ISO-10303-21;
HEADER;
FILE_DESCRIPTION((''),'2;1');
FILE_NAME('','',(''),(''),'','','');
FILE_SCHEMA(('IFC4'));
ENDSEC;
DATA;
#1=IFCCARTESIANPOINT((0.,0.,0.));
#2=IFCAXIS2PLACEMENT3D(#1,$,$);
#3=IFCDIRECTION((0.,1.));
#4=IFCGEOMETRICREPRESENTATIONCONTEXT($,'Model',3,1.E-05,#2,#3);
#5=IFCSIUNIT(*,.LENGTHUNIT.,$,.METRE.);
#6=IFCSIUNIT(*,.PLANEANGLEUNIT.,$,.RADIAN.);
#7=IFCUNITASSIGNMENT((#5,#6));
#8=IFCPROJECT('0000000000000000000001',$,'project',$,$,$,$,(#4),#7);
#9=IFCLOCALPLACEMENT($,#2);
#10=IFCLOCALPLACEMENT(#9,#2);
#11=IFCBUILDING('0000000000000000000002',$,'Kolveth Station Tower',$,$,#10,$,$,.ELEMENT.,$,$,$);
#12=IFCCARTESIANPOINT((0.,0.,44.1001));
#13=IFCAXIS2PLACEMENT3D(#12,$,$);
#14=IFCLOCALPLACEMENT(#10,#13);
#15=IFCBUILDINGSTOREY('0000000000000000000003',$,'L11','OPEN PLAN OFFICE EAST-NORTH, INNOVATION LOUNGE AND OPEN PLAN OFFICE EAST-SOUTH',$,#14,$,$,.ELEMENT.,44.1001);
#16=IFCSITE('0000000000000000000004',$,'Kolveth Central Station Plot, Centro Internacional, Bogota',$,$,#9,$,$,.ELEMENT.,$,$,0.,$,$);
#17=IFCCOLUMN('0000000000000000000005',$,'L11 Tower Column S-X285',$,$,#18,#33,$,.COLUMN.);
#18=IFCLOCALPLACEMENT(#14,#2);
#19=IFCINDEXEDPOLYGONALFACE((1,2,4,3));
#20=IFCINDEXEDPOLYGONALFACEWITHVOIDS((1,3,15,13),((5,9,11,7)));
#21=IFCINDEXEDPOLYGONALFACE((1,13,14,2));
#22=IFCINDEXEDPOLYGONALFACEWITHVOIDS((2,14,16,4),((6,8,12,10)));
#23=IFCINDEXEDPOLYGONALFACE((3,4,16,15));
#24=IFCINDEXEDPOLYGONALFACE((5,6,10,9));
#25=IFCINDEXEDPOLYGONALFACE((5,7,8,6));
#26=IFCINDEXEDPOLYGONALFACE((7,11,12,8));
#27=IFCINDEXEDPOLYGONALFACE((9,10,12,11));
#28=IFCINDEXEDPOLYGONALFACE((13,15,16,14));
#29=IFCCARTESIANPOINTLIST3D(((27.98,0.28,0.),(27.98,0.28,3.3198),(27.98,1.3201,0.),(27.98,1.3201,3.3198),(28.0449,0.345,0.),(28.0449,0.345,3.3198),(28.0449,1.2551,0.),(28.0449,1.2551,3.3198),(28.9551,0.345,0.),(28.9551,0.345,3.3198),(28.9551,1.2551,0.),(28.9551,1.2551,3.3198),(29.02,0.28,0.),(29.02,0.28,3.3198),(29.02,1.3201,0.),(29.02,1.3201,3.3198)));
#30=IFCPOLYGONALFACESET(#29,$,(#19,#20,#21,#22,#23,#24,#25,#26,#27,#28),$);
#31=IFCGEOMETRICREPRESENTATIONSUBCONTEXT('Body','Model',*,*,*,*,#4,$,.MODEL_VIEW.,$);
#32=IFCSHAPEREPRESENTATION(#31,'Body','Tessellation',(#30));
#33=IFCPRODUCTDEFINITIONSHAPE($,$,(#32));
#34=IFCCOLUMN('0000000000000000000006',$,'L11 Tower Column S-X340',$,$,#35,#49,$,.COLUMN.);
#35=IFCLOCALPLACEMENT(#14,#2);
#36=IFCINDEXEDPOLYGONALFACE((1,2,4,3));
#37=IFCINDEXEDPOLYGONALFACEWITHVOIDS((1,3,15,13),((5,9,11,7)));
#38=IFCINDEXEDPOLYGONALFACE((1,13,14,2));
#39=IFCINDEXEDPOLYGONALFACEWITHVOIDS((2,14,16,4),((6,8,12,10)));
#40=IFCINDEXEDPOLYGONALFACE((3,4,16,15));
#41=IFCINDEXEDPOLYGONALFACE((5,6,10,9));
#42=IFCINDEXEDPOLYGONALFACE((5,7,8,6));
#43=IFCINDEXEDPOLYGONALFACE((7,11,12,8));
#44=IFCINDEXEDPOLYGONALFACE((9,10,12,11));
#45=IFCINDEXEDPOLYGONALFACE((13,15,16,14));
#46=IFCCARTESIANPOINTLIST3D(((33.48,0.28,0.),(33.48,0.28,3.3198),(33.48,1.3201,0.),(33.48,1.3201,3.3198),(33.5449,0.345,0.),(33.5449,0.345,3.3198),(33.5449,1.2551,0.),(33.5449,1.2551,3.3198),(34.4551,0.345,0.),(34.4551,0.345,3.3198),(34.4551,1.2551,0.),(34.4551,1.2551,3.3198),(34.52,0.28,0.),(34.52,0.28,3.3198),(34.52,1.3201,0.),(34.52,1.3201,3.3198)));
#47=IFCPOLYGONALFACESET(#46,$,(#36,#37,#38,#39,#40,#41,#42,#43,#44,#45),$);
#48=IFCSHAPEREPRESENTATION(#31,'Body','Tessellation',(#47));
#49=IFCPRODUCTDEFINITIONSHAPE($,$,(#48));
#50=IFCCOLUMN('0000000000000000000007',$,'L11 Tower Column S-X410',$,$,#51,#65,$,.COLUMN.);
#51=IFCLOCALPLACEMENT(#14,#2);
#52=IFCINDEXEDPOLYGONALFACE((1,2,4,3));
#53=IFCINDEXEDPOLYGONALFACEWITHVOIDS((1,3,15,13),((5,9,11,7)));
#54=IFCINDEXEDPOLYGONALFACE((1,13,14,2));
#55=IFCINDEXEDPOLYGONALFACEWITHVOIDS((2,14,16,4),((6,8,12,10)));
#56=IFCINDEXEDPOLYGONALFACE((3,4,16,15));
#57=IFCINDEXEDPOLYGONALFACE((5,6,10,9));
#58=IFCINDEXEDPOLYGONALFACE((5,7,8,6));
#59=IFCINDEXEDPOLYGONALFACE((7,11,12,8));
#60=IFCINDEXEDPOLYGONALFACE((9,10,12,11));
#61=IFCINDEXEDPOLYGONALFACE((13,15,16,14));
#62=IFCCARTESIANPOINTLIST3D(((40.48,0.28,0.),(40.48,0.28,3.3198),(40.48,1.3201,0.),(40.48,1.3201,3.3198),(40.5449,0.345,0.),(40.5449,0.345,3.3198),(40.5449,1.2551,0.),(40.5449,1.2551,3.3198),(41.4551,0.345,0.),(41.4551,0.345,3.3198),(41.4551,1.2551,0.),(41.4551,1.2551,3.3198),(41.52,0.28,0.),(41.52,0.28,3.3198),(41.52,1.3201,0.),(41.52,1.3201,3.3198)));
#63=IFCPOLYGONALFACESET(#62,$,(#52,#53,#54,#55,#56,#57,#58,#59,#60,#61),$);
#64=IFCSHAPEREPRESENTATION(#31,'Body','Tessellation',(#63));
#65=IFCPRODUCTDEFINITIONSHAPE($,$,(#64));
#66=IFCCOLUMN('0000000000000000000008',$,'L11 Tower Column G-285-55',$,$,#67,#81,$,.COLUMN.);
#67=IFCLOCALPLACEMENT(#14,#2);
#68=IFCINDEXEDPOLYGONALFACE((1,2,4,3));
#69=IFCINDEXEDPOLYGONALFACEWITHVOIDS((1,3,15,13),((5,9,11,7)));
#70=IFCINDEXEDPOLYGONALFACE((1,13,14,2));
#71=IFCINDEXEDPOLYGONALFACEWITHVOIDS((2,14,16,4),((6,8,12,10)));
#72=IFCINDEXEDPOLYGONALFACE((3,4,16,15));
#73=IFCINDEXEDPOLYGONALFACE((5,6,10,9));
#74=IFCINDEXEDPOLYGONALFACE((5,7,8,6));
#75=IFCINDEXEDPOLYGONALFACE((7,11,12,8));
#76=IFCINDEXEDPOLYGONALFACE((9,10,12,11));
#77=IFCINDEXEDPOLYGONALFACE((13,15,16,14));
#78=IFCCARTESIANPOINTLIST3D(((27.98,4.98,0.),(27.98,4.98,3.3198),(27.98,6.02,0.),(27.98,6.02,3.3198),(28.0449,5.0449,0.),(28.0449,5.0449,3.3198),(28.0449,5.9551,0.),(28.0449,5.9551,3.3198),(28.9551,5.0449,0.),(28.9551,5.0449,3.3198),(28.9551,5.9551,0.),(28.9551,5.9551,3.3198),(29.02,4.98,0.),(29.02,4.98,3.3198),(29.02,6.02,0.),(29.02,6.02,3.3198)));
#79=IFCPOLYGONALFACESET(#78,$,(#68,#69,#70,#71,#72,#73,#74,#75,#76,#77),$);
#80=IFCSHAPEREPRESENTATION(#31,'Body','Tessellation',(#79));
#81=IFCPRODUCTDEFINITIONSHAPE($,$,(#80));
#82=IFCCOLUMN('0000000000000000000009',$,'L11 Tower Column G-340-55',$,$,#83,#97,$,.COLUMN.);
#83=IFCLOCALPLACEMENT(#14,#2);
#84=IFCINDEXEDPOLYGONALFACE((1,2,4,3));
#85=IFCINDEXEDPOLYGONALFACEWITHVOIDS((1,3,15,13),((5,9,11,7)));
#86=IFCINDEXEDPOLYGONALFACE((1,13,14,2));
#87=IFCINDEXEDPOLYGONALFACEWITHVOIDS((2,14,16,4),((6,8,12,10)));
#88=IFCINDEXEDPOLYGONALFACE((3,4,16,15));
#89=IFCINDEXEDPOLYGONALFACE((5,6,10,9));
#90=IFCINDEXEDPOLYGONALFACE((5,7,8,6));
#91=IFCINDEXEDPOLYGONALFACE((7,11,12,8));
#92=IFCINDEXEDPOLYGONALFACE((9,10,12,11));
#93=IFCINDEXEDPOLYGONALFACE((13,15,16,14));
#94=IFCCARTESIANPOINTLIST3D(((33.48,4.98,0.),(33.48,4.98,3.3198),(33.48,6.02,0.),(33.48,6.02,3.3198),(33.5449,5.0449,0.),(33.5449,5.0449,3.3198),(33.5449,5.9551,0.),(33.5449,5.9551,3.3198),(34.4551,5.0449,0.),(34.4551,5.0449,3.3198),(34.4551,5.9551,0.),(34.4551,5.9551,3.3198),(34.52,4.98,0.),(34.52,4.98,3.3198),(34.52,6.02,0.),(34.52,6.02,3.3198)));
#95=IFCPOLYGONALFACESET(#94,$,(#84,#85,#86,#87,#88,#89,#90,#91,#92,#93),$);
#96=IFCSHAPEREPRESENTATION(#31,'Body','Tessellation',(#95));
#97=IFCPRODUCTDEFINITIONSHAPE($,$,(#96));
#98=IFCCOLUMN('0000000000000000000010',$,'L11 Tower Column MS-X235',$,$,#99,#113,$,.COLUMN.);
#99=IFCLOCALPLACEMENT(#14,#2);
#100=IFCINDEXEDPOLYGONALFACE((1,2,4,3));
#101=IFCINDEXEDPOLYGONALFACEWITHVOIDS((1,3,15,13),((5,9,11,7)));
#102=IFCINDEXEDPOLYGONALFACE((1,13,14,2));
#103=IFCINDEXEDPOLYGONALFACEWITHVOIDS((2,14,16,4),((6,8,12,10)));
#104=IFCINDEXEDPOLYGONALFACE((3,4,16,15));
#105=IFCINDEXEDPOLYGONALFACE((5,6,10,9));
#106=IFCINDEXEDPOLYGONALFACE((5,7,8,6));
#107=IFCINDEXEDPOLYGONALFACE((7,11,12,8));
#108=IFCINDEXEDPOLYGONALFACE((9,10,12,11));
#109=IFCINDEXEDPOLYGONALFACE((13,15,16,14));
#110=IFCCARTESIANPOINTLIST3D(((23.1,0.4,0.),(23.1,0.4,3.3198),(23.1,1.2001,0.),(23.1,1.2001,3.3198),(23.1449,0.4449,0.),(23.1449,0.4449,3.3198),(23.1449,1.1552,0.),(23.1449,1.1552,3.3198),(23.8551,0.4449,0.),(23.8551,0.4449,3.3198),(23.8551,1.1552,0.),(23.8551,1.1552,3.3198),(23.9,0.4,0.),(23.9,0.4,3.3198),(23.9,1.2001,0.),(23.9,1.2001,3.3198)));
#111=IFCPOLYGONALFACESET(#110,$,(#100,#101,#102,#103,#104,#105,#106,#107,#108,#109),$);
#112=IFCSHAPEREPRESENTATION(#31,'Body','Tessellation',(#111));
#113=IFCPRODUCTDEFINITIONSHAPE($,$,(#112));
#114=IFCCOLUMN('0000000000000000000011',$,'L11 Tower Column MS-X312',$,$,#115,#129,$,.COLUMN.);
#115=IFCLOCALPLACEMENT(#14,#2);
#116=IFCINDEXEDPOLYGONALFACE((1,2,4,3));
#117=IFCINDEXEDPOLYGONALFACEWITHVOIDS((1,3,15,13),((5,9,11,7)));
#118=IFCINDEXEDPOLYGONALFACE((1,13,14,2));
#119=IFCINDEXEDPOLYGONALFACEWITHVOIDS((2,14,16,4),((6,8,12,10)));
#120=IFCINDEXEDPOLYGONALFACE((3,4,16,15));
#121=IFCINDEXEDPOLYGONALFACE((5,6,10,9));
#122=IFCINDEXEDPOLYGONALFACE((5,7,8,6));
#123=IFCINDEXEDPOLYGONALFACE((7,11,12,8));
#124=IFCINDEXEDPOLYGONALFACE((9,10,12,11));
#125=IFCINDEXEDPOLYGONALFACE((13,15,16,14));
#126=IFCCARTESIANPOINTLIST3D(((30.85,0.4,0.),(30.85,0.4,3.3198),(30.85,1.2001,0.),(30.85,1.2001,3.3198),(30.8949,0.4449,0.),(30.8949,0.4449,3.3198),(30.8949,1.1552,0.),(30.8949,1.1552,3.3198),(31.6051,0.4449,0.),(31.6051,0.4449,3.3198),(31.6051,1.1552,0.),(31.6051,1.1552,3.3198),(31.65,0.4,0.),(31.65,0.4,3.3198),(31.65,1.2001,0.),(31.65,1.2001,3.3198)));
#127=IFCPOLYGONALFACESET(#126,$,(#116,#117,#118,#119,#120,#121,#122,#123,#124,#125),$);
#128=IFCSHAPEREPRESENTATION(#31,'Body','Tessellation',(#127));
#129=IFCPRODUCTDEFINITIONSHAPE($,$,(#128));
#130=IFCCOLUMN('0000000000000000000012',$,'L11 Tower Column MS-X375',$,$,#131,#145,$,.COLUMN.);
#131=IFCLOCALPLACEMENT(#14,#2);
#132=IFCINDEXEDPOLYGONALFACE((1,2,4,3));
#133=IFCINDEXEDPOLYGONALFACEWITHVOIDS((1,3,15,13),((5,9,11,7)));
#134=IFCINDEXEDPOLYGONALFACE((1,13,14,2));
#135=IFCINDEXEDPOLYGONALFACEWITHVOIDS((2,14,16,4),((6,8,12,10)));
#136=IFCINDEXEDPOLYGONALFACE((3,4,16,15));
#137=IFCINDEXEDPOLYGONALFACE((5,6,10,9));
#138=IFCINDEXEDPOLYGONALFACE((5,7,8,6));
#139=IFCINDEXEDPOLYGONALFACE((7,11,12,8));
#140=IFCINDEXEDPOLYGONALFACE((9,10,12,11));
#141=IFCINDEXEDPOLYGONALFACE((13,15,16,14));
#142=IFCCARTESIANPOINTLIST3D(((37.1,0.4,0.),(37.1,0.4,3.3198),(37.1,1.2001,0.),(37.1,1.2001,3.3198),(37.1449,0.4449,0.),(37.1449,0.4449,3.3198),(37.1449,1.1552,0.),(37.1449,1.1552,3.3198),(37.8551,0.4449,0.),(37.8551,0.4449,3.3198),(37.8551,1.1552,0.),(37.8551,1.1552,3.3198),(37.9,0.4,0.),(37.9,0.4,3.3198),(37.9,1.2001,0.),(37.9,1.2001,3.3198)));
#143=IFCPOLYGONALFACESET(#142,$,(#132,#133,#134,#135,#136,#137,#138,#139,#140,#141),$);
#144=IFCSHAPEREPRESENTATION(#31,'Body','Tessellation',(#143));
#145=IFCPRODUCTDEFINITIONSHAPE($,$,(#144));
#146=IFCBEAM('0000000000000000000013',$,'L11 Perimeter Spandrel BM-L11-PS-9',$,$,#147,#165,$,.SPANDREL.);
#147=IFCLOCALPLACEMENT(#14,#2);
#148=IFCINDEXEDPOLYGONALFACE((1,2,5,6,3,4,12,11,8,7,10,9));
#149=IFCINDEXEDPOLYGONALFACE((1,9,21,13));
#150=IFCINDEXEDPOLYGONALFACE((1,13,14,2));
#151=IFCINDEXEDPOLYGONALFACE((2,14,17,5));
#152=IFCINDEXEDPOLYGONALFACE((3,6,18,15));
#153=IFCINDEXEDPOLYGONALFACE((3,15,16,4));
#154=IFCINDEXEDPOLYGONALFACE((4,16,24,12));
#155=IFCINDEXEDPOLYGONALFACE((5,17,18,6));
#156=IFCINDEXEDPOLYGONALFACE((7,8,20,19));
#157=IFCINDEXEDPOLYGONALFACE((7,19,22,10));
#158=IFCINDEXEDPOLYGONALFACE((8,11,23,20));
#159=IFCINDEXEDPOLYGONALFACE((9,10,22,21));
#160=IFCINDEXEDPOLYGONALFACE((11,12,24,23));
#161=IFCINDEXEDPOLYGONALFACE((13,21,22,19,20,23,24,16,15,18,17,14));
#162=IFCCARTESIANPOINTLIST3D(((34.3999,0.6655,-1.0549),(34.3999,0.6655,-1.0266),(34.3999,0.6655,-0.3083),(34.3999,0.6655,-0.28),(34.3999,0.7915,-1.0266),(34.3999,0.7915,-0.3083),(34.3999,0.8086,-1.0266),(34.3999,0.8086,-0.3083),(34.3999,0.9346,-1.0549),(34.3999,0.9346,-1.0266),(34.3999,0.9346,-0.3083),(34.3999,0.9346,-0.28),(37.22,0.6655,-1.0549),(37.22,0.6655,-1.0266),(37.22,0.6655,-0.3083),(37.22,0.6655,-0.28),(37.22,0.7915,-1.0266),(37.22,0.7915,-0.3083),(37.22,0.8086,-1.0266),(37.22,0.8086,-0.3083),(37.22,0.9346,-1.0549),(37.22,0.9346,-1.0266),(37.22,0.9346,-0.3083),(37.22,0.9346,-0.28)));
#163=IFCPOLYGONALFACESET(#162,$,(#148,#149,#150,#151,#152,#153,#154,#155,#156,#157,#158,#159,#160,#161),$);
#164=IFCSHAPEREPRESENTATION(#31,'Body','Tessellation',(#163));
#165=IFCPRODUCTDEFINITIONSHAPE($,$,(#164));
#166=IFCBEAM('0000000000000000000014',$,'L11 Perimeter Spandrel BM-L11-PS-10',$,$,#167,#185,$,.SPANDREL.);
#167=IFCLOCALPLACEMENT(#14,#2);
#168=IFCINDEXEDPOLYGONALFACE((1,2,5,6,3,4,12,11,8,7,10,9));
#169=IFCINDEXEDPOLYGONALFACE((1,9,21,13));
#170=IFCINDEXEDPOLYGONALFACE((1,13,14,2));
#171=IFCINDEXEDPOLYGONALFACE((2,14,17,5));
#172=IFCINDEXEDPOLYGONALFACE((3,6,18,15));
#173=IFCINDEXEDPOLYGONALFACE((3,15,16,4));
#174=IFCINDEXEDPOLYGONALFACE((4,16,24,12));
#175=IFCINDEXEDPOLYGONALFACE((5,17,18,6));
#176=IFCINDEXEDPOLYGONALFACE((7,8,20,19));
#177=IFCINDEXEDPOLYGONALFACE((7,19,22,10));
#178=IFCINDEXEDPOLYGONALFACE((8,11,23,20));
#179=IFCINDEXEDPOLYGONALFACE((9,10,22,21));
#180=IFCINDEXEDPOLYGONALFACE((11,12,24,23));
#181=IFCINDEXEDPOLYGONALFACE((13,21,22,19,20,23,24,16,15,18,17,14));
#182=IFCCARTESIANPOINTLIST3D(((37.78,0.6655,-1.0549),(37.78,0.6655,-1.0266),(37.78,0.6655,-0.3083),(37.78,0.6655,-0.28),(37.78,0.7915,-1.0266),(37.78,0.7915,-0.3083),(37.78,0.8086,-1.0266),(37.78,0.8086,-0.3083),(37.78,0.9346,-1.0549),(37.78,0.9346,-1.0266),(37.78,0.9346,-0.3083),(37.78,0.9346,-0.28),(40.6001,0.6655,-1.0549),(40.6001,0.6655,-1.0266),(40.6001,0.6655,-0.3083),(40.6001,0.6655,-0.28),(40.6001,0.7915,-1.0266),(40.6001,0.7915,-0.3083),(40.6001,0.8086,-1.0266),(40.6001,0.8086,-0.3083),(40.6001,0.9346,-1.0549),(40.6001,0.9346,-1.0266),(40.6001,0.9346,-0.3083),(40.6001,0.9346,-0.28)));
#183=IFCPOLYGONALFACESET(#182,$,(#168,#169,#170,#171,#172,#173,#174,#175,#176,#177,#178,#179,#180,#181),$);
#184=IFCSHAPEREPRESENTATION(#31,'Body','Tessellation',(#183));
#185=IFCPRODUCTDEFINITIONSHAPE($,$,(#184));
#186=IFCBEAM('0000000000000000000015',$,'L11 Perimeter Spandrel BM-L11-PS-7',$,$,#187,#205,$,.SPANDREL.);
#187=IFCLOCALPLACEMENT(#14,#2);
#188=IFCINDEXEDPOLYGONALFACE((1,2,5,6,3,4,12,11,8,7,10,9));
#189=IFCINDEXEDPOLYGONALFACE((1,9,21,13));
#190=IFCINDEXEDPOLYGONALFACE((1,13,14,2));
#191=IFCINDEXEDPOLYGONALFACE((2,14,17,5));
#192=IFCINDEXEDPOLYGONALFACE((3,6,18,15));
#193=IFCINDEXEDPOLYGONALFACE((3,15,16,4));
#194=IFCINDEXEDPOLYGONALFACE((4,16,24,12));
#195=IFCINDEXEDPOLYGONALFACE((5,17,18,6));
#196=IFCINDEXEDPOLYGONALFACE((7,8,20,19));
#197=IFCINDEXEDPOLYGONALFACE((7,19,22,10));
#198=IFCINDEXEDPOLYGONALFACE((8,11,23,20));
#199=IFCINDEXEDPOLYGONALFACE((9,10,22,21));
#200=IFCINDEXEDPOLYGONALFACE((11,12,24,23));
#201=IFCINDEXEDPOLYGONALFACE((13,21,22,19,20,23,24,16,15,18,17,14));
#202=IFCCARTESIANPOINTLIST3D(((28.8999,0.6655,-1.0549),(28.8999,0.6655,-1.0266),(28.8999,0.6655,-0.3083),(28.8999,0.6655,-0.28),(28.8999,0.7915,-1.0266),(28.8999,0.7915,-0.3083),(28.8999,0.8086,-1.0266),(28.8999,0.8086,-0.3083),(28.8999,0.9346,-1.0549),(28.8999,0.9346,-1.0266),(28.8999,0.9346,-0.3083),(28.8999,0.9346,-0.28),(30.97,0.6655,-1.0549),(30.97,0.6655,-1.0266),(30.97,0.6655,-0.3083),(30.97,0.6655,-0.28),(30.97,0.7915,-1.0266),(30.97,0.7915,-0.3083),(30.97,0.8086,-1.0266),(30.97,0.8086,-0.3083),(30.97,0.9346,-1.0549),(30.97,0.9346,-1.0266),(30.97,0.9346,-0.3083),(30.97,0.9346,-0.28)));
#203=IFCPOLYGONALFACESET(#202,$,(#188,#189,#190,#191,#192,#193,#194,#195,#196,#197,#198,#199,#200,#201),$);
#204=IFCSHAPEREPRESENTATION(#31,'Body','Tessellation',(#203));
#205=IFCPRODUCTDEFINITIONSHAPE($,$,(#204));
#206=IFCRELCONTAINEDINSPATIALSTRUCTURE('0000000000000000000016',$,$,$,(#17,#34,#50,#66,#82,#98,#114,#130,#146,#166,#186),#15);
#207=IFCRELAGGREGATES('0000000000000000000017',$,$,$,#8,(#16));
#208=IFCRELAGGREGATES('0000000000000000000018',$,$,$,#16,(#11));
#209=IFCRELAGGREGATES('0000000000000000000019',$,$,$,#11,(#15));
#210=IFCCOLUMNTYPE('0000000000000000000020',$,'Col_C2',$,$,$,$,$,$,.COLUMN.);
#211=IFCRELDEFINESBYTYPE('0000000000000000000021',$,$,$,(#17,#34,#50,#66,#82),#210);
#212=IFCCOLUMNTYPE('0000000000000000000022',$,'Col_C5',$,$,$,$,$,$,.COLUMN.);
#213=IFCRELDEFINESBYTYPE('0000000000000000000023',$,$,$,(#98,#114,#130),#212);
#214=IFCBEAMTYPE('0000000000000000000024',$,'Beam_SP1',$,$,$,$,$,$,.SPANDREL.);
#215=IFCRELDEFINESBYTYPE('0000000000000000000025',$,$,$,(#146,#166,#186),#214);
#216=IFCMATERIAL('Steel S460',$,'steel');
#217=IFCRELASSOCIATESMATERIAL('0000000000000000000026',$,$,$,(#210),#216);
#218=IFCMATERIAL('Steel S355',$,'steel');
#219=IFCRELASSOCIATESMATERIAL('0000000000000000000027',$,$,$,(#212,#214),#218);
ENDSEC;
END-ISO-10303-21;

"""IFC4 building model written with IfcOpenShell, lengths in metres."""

from ifc_helpers import new_model, si_unit, direction, frame, origin, origin_2d, place, context, subcontext, project, spatial, hollow_rectangle, i_section, extrude, source, transform, mapped, material, material_profile, profile_set, type_object, element, save


model = new_model("IFC4")

# Units and contexts
model_context = context("Model", 3, precision=1e-05, world=origin(), true_north=direction((0.0, 1.0)))
body_context = subcontext(model_context, "Body", "Model", "MODEL_VIEW")
ifc_project = project(units=[si_unit("LENGTHUNIT", "METRE"), si_unit("PLANEANGLEUNIT", "RADIAN")], contexts=[model_context])

# Site, building, storey
site_placement = place(None, origin())
site = spatial("IfcSite", under=ifc_project, at=site_placement, Name="Kolveth Central Station Plot, Centro Internacional, Bogota", CompositionType="ELEMENT", RefElevation=0.0)
building_placement = place(site_placement, origin())
building = spatial("IfcBuilding", under=site, at=building_placement, Name="Kolveth Station Tower", CompositionType="ELEMENT")
storey_placement = place(building_placement, frame((0.0, 0.0, 44.1001)))
storey = spatial("IfcBuildingStorey", under=building, at=storey_placement, Name="L11", Description="OPEN PLAN OFFICE EAST-NORTH, INNOVATION LOUNGE AND OPEN PLAN OFFICE EAST-SOUTH", CompositionType="ELEMENT", Elevation=44.1001)

# Columns
ifc_material_1 = material(Name="Steel S460", Category="steel")
ifc_material_profile_1 = material_profile(ifc_material_1, hollow_rectangle(XDim=1.04, YDim=1.04, WallThickness=0.0649, at=origin_2d()), Name="BOX1040x1040x65")
ifc_profile_set_1 = profile_set([ifc_material_profile_1], Name="Steel S460")
column_type_1 = type_object("IfcColumnType", Name="Col_C2", PredefinedType="COLUMN", material=ifc_profile_set_1)
shared_shape_1 = source(origin(), body_context, "Body", "SweptSolid", [
    extrude(hollow_rectangle(XDim=1.04, YDim=1.04, WallThickness=0.0649, at=origin_2d()), origin(), (0.0, 0.0, 1.0), 3.3198),
])
for number, where, z_axis, x_axis, name in (
    (1, (28.5, 0.8, 0.0), (0.0, 0.0, 1.0), (1.0, 0.0, 0.0), "L11 Tower Column S-X285"),
    (2, (34.0, 0.8, 0.0), (0.0, 0.0, 1.0), (1.0, 0.0, 0.0), "L11 Tower Column S-X340"),
    (3, (41.0, 0.8, 0.0), (0.0, 0.0, 1.0), (1.0, 0.0, 0.0), "L11 Tower Column S-X410"),
    (4, (28.5, 5.5, 0.0), (0.0, 0.0, 1.0), (1.0, 0.0, 0.0), "L11 Tower Column G-285-55"),
    (5, (34.0, 5.5, 0.0), (0.0, 0.0, 1.0), (1.0, 0.0, 0.0), "L11 Tower Column G-340-55"),
):
    element("IfcColumn", number, at=place(storey_placement, frame(where, z_axis=z_axis, x_axis=x_axis)), inside=storey, type_object=column_type_1, Name=name, PredefinedType="COLUMN", context=body_context, shape_type="MappedRepresentation", body=[
        mapped(shared_shape_1, transform((0.0, 0.0, 0.0), x_axis=(1.0, 0.0, 0.0), y_axis=(0.0, 1.0, 0.0), z_axis=(0.0, 0.0, 1.0), scale=1.0)),
    ])
ifc_material_2 = material(Name="Steel S355", Category="steel")
ifc_material_profile_2 = material_profile(ifc_material_2, hollow_rectangle(XDim=0.8, YDim=0.8, WallThickness=0.0449, at=origin_2d()), Name="BOX800x800x45")
ifc_profile_set_2 = profile_set([ifc_material_profile_2], Name="Steel S355")
column_type_2 = type_object("IfcColumnType", Name="Col_C5", PredefinedType="COLUMN", material=ifc_profile_set_2)
shared_shape_2 = source(origin(), body_context, "Body", "SweptSolid", [
    extrude(hollow_rectangle(XDim=0.8, YDim=0.8, WallThickness=0.0449, at=origin_2d()), origin(), (0.0, 0.0, 1.0), 3.3198),
])
for number, where, z_axis, x_axis, name in (
    (6, (23.5, 0.8, 0.0), (0.0, 0.0, 1.0), (1.0, 0.0, 0.0), "L11 Tower Column MS-X235"),
    (7, (31.25, 0.8, 0.0), (0.0, 0.0, 1.0), (1.0, 0.0, 0.0), "L11 Tower Column MS-X312"),
    (8, (37.5, 0.8, 0.0), (0.0, 0.0, 1.0), (1.0, 0.0, 0.0), "L11 Tower Column MS-X375"),
):
    element("IfcColumn", number, at=place(storey_placement, frame(where, z_axis=z_axis, x_axis=x_axis)), inside=storey, type_object=column_type_2, Name=name, PredefinedType="COLUMN", context=body_context, shape_type="MappedRepresentation", body=[
        mapped(shared_shape_2, transform((0.0, 0.0, 0.0), x_axis=(1.0, 0.0, 0.0), y_axis=(0.0, 1.0, 0.0), z_axis=(0.0, 0.0, 1.0), scale=1.0)),
    ])

# Beams
ifc_material_profile_3 = material_profile(ifc_material_2, i_section(OverallWidth=0.269, OverallDepth=0.7749, WebThickness=0.0171, FlangeThickness=0.0283, at=origin_2d()), Name="W760x220")
ifc_profile_set_3 = profile_set([ifc_material_profile_3], Name="Steel S355")
beam_type_1 = type_object("IfcBeamType", Name="Beam_SP1", PredefinedType="SPANDREL", material=ifc_profile_set_3)
shared_shape_3 = source(origin(), body_context, "Body", "SweptSolid", [
    extrude(i_section(OverallWidth=0.269, OverallDepth=0.7749, WebThickness=0.0171, FlangeThickness=0.0283, at=origin_2d()), origin(), (0.0, 0.0, 1.0), 2.8201),
])
for number, where, z_axis, x_axis, name in (
    (9, (34.3999, 0.8, -0.6675), (1.0, 0.0, 0.0), (0.0, 1.0, 0.0), "L11 Perimeter Spandrel BM-L11-PS-9"),
    (10, (37.78, 0.8, -0.6675), (1.0, 0.0, 0.0), (0.0, 1.0, 0.0), "L11 Perimeter Spandrel BM-L11-PS-10"),
):
    element("IfcBeam", number, at=place(storey_placement, frame(where, z_axis=z_axis, x_axis=x_axis)), inside=storey, type_object=beam_type_1, Name=name, PredefinedType="SPANDREL", context=body_context, shape_type="MappedRepresentation", body=[
        mapped(shared_shape_3, transform((0.0, 0.0, 0.0), x_axis=(1.0, 0.0, 0.0), y_axis=(0.0, 1.0, 0.0), z_axis=(0.0, 0.0, 1.0), scale=1.0)),
    ])
shared_shape_4 = source(origin(), body_context, "Body", "SweptSolid", [
    extrude(i_section(OverallWidth=0.269, OverallDepth=0.7749, WebThickness=0.0171, FlangeThickness=0.0283, at=origin_2d()), origin(), (0.0, 0.0, 1.0), 2.0701),
])
for number, where, z_axis, x_axis, name in (
    (11, (28.8999, 0.8, -0.6675), (1.0, 0.0, 0.0), (0.0, 1.0, 0.0), "L11 Perimeter Spandrel BM-L11-PS-7"),
):
    element("IfcBeam", number, at=place(storey_placement, frame(where, z_axis=z_axis, x_axis=x_axis)), inside=storey, type_object=beam_type_1, Name=name, PredefinedType="SPANDREL", context=body_context, shape_type="MappedRepresentation", body=[
        mapped(shared_shape_4, transform((0.0, 0.0, 0.0), x_axis=(1.0, 0.0, 0.0), y_axis=(0.0, 1.0, 0.0), z_axis=(0.0, 0.0, 1.0), scale=1.0)),
    ])

save(model, "model.ifc")
